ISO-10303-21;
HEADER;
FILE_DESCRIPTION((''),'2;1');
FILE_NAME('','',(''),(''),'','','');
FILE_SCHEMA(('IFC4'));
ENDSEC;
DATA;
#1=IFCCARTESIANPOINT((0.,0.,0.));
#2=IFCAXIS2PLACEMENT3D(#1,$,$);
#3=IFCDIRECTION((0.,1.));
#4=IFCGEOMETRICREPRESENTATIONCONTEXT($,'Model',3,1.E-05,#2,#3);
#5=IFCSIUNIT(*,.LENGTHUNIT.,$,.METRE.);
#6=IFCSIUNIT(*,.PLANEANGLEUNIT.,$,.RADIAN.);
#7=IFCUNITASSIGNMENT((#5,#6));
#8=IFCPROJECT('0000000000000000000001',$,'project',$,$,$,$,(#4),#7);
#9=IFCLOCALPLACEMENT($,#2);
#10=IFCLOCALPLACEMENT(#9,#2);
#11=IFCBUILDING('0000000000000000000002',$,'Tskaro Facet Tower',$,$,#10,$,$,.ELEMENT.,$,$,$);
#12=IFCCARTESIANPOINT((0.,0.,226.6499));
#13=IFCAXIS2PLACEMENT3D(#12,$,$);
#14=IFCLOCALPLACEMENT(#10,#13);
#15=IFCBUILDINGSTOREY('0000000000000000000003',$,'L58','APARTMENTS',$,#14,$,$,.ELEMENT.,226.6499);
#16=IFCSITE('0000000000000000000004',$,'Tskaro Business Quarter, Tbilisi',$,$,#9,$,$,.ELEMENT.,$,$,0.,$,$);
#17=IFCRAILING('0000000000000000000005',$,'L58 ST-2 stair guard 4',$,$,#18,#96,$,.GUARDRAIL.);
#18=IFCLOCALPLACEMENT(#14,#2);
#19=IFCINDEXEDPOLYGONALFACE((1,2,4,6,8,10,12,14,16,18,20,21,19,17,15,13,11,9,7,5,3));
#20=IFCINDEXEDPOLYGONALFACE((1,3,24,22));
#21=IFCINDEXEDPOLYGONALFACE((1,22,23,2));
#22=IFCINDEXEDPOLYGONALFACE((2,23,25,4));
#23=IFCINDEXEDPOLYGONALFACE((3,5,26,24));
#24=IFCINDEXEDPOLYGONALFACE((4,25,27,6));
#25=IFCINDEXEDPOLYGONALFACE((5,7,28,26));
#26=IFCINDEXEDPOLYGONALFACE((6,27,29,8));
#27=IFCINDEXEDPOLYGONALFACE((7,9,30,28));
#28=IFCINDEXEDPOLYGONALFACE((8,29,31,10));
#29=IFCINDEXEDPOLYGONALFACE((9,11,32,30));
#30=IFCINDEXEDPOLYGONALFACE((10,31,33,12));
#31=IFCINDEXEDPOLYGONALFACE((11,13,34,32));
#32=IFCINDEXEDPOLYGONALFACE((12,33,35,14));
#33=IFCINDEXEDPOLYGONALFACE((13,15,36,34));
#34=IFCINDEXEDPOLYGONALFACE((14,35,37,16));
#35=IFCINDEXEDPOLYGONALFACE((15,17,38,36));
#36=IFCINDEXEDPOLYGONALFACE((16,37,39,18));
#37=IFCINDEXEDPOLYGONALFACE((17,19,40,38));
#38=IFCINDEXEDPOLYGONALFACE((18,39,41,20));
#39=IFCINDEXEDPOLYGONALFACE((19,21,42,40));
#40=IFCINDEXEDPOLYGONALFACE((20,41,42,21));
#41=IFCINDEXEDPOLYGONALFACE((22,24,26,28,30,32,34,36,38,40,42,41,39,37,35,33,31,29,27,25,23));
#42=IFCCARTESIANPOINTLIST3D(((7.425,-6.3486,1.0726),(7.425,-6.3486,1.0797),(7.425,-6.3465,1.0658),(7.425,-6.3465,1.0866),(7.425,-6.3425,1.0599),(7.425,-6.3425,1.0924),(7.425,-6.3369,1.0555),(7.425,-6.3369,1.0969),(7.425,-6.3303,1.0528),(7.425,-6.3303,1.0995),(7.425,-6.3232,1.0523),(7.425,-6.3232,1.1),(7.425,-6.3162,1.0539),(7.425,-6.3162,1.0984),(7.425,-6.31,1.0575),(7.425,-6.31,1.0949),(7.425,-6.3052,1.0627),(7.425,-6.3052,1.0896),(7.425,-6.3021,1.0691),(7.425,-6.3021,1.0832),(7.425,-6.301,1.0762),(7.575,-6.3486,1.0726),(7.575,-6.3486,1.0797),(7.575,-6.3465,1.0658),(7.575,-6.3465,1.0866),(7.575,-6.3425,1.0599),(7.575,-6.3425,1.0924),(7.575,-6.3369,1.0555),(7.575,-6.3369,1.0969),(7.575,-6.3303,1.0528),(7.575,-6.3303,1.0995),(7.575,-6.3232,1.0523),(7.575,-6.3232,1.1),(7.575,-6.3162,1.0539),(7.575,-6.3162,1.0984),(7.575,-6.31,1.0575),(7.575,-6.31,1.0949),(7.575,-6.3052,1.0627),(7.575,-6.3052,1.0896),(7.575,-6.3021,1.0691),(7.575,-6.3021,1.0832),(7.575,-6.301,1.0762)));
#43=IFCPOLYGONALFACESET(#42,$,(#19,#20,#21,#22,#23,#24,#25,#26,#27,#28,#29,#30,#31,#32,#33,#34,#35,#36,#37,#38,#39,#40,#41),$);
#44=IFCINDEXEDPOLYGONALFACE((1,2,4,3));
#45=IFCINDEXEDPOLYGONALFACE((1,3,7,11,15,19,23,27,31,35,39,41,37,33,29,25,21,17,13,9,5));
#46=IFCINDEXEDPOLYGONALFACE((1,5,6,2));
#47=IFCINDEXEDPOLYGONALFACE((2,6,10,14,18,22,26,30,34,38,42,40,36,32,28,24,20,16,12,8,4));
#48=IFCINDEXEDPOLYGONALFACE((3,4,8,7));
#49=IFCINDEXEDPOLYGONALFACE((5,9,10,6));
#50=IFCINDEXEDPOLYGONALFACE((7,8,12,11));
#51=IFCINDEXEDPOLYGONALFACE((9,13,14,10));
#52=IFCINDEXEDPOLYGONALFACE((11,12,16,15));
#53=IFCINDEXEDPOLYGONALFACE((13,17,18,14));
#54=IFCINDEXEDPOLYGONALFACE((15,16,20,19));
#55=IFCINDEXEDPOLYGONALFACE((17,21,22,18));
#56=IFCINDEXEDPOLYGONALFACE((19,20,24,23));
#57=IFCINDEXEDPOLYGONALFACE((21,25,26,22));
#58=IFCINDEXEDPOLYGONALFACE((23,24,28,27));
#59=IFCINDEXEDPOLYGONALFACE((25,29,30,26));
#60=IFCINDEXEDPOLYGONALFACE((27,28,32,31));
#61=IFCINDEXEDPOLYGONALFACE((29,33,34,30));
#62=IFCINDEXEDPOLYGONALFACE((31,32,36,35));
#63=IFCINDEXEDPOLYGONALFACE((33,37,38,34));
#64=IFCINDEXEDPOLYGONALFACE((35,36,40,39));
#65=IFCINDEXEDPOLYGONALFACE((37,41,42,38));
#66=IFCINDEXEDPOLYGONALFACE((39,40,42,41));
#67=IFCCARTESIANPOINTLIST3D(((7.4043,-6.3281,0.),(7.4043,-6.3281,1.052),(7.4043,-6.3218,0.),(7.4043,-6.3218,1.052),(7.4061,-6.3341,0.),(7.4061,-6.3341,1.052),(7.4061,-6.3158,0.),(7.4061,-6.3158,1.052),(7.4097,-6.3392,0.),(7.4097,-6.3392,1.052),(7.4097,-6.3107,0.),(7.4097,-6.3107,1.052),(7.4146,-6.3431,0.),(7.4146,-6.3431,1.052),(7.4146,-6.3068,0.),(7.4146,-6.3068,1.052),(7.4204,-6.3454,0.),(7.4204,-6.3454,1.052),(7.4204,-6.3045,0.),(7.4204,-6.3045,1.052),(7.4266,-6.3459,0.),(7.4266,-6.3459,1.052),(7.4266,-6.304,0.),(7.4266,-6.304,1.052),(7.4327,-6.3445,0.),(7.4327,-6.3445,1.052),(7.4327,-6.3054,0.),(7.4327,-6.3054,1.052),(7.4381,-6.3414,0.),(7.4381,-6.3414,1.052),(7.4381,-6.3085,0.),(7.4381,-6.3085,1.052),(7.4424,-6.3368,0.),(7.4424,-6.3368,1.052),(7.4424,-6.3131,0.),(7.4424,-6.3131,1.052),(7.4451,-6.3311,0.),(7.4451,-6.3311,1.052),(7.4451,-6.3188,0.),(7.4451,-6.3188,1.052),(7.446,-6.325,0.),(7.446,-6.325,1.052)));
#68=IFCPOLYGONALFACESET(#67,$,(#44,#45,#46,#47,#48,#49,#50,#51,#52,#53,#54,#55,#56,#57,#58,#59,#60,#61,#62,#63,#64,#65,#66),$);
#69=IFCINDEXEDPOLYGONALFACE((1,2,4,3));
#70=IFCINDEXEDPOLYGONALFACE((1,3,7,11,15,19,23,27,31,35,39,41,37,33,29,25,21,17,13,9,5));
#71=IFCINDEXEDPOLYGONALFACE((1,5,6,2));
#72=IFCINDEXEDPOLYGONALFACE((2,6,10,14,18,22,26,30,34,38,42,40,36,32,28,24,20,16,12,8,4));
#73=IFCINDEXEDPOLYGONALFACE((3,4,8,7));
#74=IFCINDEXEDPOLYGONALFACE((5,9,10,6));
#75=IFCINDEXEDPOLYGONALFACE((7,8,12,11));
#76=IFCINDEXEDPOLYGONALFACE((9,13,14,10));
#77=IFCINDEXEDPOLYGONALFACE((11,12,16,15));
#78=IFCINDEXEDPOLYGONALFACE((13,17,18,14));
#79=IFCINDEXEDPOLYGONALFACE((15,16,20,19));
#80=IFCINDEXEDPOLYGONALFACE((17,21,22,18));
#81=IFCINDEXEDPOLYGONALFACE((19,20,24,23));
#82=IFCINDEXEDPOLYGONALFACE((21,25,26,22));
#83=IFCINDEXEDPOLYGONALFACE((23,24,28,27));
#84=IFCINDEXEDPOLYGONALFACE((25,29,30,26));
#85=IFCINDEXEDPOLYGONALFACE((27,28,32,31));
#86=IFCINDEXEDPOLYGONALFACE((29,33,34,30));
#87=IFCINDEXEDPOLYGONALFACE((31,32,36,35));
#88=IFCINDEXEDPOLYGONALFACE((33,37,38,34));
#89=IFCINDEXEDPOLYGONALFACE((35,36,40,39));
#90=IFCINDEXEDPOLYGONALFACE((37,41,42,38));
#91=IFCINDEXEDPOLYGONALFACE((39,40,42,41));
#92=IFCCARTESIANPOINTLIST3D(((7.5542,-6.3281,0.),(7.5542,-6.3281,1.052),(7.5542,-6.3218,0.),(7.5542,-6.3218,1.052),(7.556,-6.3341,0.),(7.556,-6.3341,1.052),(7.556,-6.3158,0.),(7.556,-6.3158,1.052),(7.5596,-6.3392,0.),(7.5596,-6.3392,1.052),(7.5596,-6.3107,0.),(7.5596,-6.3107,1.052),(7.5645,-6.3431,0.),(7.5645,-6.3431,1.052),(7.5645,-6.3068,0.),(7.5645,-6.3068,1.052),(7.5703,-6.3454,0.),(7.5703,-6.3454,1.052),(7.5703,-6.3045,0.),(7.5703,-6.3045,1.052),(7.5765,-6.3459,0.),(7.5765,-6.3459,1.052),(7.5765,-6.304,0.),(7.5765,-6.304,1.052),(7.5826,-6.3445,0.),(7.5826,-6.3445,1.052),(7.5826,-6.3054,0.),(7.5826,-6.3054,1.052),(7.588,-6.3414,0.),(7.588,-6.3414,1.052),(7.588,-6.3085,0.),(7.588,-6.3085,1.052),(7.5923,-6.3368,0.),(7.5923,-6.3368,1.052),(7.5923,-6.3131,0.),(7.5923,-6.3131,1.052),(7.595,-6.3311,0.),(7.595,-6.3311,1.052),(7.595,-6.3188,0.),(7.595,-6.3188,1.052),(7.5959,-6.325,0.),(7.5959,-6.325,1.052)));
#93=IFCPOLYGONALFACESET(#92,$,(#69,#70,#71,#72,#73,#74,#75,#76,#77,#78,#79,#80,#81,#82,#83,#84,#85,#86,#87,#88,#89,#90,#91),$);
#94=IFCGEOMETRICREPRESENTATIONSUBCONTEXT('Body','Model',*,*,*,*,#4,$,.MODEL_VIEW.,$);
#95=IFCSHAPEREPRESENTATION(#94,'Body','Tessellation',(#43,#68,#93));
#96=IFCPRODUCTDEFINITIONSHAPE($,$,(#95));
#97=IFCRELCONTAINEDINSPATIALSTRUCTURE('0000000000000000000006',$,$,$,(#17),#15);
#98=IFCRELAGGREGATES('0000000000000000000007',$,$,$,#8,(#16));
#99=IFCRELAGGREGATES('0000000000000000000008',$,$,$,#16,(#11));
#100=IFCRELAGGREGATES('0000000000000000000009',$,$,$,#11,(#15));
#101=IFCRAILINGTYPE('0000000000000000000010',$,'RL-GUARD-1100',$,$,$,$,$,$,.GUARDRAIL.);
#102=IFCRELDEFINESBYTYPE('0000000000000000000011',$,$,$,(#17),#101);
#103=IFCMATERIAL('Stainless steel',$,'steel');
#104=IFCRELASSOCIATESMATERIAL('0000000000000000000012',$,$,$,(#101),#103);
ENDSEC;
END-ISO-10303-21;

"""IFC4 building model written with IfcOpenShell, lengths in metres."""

from ifc_helpers import new_model, si_unit, direction, frame, origin, origin_2d, place, context, subcontext, project, spatial, circle, extrude, material, type_object, element, save


model = new_model("IFC4")

# Units and contexts
model_context = context("Model", 3, precision=1e-05, world=origin(), true_north=direction((0.0, 1.0)))
body_context = subcontext(model_context, "Body", "Model", "MODEL_VIEW")
ifc_project = project(units=[si_unit("LENGTHUNIT", "METRE"), si_unit("PLANEANGLEUNIT", "RADIAN")], contexts=[model_context])

# Site, building, storey
site_placement = place(None, origin())
site = spatial("IfcSite", under=ifc_project, at=site_placement, Name="Tskaro Business Quarter, Tbilisi", CompositionType="ELEMENT", RefElevation=0.0)
building_placement = place(site_placement, origin())
building = spatial("IfcBuilding", under=site, at=building_placement, Name="Tskaro Facet Tower", CompositionType="ELEMENT")
storey_placement = place(building_placement, frame((0.0, 0.0, 226.6499)))
storey = spatial("IfcBuildingStorey", under=building, at=storey_placement, Name="L58", Description="APARTMENTS", CompositionType="ELEMENT", Elevation=226.6499)

# Shared definitions
ifc_material_1 = material(Name="Stainless steel", Category="steel")

# Railing
railing_type_1 = type_object("IfcRailingType", Name="RL-GUARD-1100", PredefinedType="GUARDRAIL", material=ifc_material_1)
railing_1_placement = place(storey_placement, frame((7.425, -6.325, 0.0)))
element("IfcRailing", 1, at=railing_1_placement, inside=storey, type_object=railing_type_1, Name="L58 ST-2 stair guard 4", PredefinedType="GUARDRAIL", context=body_context, shape_type="SweptSolid", body=[
    extrude(circle(Radius=0.0239, at=origin_2d()), frame((0.0, 0.0, 1.0762), z_axis=(1.0, 0.0, 0.0), x_axis=(0.0, 1.0, 0.0)), (0.0, 0.0, 1.0), 0.1499),
    extrude(circle(Radius=0.021, at=origin_2d()), origin(), (0.0, 0.0, 1.0), 1.052),
    extrude(circle(Radius=0.021, at=origin_2d()), frame((0.1499, 0.0, 0.0)), (0.0, 0.0, 1.0), 1.052),
])

save(model, "model.ifc")
